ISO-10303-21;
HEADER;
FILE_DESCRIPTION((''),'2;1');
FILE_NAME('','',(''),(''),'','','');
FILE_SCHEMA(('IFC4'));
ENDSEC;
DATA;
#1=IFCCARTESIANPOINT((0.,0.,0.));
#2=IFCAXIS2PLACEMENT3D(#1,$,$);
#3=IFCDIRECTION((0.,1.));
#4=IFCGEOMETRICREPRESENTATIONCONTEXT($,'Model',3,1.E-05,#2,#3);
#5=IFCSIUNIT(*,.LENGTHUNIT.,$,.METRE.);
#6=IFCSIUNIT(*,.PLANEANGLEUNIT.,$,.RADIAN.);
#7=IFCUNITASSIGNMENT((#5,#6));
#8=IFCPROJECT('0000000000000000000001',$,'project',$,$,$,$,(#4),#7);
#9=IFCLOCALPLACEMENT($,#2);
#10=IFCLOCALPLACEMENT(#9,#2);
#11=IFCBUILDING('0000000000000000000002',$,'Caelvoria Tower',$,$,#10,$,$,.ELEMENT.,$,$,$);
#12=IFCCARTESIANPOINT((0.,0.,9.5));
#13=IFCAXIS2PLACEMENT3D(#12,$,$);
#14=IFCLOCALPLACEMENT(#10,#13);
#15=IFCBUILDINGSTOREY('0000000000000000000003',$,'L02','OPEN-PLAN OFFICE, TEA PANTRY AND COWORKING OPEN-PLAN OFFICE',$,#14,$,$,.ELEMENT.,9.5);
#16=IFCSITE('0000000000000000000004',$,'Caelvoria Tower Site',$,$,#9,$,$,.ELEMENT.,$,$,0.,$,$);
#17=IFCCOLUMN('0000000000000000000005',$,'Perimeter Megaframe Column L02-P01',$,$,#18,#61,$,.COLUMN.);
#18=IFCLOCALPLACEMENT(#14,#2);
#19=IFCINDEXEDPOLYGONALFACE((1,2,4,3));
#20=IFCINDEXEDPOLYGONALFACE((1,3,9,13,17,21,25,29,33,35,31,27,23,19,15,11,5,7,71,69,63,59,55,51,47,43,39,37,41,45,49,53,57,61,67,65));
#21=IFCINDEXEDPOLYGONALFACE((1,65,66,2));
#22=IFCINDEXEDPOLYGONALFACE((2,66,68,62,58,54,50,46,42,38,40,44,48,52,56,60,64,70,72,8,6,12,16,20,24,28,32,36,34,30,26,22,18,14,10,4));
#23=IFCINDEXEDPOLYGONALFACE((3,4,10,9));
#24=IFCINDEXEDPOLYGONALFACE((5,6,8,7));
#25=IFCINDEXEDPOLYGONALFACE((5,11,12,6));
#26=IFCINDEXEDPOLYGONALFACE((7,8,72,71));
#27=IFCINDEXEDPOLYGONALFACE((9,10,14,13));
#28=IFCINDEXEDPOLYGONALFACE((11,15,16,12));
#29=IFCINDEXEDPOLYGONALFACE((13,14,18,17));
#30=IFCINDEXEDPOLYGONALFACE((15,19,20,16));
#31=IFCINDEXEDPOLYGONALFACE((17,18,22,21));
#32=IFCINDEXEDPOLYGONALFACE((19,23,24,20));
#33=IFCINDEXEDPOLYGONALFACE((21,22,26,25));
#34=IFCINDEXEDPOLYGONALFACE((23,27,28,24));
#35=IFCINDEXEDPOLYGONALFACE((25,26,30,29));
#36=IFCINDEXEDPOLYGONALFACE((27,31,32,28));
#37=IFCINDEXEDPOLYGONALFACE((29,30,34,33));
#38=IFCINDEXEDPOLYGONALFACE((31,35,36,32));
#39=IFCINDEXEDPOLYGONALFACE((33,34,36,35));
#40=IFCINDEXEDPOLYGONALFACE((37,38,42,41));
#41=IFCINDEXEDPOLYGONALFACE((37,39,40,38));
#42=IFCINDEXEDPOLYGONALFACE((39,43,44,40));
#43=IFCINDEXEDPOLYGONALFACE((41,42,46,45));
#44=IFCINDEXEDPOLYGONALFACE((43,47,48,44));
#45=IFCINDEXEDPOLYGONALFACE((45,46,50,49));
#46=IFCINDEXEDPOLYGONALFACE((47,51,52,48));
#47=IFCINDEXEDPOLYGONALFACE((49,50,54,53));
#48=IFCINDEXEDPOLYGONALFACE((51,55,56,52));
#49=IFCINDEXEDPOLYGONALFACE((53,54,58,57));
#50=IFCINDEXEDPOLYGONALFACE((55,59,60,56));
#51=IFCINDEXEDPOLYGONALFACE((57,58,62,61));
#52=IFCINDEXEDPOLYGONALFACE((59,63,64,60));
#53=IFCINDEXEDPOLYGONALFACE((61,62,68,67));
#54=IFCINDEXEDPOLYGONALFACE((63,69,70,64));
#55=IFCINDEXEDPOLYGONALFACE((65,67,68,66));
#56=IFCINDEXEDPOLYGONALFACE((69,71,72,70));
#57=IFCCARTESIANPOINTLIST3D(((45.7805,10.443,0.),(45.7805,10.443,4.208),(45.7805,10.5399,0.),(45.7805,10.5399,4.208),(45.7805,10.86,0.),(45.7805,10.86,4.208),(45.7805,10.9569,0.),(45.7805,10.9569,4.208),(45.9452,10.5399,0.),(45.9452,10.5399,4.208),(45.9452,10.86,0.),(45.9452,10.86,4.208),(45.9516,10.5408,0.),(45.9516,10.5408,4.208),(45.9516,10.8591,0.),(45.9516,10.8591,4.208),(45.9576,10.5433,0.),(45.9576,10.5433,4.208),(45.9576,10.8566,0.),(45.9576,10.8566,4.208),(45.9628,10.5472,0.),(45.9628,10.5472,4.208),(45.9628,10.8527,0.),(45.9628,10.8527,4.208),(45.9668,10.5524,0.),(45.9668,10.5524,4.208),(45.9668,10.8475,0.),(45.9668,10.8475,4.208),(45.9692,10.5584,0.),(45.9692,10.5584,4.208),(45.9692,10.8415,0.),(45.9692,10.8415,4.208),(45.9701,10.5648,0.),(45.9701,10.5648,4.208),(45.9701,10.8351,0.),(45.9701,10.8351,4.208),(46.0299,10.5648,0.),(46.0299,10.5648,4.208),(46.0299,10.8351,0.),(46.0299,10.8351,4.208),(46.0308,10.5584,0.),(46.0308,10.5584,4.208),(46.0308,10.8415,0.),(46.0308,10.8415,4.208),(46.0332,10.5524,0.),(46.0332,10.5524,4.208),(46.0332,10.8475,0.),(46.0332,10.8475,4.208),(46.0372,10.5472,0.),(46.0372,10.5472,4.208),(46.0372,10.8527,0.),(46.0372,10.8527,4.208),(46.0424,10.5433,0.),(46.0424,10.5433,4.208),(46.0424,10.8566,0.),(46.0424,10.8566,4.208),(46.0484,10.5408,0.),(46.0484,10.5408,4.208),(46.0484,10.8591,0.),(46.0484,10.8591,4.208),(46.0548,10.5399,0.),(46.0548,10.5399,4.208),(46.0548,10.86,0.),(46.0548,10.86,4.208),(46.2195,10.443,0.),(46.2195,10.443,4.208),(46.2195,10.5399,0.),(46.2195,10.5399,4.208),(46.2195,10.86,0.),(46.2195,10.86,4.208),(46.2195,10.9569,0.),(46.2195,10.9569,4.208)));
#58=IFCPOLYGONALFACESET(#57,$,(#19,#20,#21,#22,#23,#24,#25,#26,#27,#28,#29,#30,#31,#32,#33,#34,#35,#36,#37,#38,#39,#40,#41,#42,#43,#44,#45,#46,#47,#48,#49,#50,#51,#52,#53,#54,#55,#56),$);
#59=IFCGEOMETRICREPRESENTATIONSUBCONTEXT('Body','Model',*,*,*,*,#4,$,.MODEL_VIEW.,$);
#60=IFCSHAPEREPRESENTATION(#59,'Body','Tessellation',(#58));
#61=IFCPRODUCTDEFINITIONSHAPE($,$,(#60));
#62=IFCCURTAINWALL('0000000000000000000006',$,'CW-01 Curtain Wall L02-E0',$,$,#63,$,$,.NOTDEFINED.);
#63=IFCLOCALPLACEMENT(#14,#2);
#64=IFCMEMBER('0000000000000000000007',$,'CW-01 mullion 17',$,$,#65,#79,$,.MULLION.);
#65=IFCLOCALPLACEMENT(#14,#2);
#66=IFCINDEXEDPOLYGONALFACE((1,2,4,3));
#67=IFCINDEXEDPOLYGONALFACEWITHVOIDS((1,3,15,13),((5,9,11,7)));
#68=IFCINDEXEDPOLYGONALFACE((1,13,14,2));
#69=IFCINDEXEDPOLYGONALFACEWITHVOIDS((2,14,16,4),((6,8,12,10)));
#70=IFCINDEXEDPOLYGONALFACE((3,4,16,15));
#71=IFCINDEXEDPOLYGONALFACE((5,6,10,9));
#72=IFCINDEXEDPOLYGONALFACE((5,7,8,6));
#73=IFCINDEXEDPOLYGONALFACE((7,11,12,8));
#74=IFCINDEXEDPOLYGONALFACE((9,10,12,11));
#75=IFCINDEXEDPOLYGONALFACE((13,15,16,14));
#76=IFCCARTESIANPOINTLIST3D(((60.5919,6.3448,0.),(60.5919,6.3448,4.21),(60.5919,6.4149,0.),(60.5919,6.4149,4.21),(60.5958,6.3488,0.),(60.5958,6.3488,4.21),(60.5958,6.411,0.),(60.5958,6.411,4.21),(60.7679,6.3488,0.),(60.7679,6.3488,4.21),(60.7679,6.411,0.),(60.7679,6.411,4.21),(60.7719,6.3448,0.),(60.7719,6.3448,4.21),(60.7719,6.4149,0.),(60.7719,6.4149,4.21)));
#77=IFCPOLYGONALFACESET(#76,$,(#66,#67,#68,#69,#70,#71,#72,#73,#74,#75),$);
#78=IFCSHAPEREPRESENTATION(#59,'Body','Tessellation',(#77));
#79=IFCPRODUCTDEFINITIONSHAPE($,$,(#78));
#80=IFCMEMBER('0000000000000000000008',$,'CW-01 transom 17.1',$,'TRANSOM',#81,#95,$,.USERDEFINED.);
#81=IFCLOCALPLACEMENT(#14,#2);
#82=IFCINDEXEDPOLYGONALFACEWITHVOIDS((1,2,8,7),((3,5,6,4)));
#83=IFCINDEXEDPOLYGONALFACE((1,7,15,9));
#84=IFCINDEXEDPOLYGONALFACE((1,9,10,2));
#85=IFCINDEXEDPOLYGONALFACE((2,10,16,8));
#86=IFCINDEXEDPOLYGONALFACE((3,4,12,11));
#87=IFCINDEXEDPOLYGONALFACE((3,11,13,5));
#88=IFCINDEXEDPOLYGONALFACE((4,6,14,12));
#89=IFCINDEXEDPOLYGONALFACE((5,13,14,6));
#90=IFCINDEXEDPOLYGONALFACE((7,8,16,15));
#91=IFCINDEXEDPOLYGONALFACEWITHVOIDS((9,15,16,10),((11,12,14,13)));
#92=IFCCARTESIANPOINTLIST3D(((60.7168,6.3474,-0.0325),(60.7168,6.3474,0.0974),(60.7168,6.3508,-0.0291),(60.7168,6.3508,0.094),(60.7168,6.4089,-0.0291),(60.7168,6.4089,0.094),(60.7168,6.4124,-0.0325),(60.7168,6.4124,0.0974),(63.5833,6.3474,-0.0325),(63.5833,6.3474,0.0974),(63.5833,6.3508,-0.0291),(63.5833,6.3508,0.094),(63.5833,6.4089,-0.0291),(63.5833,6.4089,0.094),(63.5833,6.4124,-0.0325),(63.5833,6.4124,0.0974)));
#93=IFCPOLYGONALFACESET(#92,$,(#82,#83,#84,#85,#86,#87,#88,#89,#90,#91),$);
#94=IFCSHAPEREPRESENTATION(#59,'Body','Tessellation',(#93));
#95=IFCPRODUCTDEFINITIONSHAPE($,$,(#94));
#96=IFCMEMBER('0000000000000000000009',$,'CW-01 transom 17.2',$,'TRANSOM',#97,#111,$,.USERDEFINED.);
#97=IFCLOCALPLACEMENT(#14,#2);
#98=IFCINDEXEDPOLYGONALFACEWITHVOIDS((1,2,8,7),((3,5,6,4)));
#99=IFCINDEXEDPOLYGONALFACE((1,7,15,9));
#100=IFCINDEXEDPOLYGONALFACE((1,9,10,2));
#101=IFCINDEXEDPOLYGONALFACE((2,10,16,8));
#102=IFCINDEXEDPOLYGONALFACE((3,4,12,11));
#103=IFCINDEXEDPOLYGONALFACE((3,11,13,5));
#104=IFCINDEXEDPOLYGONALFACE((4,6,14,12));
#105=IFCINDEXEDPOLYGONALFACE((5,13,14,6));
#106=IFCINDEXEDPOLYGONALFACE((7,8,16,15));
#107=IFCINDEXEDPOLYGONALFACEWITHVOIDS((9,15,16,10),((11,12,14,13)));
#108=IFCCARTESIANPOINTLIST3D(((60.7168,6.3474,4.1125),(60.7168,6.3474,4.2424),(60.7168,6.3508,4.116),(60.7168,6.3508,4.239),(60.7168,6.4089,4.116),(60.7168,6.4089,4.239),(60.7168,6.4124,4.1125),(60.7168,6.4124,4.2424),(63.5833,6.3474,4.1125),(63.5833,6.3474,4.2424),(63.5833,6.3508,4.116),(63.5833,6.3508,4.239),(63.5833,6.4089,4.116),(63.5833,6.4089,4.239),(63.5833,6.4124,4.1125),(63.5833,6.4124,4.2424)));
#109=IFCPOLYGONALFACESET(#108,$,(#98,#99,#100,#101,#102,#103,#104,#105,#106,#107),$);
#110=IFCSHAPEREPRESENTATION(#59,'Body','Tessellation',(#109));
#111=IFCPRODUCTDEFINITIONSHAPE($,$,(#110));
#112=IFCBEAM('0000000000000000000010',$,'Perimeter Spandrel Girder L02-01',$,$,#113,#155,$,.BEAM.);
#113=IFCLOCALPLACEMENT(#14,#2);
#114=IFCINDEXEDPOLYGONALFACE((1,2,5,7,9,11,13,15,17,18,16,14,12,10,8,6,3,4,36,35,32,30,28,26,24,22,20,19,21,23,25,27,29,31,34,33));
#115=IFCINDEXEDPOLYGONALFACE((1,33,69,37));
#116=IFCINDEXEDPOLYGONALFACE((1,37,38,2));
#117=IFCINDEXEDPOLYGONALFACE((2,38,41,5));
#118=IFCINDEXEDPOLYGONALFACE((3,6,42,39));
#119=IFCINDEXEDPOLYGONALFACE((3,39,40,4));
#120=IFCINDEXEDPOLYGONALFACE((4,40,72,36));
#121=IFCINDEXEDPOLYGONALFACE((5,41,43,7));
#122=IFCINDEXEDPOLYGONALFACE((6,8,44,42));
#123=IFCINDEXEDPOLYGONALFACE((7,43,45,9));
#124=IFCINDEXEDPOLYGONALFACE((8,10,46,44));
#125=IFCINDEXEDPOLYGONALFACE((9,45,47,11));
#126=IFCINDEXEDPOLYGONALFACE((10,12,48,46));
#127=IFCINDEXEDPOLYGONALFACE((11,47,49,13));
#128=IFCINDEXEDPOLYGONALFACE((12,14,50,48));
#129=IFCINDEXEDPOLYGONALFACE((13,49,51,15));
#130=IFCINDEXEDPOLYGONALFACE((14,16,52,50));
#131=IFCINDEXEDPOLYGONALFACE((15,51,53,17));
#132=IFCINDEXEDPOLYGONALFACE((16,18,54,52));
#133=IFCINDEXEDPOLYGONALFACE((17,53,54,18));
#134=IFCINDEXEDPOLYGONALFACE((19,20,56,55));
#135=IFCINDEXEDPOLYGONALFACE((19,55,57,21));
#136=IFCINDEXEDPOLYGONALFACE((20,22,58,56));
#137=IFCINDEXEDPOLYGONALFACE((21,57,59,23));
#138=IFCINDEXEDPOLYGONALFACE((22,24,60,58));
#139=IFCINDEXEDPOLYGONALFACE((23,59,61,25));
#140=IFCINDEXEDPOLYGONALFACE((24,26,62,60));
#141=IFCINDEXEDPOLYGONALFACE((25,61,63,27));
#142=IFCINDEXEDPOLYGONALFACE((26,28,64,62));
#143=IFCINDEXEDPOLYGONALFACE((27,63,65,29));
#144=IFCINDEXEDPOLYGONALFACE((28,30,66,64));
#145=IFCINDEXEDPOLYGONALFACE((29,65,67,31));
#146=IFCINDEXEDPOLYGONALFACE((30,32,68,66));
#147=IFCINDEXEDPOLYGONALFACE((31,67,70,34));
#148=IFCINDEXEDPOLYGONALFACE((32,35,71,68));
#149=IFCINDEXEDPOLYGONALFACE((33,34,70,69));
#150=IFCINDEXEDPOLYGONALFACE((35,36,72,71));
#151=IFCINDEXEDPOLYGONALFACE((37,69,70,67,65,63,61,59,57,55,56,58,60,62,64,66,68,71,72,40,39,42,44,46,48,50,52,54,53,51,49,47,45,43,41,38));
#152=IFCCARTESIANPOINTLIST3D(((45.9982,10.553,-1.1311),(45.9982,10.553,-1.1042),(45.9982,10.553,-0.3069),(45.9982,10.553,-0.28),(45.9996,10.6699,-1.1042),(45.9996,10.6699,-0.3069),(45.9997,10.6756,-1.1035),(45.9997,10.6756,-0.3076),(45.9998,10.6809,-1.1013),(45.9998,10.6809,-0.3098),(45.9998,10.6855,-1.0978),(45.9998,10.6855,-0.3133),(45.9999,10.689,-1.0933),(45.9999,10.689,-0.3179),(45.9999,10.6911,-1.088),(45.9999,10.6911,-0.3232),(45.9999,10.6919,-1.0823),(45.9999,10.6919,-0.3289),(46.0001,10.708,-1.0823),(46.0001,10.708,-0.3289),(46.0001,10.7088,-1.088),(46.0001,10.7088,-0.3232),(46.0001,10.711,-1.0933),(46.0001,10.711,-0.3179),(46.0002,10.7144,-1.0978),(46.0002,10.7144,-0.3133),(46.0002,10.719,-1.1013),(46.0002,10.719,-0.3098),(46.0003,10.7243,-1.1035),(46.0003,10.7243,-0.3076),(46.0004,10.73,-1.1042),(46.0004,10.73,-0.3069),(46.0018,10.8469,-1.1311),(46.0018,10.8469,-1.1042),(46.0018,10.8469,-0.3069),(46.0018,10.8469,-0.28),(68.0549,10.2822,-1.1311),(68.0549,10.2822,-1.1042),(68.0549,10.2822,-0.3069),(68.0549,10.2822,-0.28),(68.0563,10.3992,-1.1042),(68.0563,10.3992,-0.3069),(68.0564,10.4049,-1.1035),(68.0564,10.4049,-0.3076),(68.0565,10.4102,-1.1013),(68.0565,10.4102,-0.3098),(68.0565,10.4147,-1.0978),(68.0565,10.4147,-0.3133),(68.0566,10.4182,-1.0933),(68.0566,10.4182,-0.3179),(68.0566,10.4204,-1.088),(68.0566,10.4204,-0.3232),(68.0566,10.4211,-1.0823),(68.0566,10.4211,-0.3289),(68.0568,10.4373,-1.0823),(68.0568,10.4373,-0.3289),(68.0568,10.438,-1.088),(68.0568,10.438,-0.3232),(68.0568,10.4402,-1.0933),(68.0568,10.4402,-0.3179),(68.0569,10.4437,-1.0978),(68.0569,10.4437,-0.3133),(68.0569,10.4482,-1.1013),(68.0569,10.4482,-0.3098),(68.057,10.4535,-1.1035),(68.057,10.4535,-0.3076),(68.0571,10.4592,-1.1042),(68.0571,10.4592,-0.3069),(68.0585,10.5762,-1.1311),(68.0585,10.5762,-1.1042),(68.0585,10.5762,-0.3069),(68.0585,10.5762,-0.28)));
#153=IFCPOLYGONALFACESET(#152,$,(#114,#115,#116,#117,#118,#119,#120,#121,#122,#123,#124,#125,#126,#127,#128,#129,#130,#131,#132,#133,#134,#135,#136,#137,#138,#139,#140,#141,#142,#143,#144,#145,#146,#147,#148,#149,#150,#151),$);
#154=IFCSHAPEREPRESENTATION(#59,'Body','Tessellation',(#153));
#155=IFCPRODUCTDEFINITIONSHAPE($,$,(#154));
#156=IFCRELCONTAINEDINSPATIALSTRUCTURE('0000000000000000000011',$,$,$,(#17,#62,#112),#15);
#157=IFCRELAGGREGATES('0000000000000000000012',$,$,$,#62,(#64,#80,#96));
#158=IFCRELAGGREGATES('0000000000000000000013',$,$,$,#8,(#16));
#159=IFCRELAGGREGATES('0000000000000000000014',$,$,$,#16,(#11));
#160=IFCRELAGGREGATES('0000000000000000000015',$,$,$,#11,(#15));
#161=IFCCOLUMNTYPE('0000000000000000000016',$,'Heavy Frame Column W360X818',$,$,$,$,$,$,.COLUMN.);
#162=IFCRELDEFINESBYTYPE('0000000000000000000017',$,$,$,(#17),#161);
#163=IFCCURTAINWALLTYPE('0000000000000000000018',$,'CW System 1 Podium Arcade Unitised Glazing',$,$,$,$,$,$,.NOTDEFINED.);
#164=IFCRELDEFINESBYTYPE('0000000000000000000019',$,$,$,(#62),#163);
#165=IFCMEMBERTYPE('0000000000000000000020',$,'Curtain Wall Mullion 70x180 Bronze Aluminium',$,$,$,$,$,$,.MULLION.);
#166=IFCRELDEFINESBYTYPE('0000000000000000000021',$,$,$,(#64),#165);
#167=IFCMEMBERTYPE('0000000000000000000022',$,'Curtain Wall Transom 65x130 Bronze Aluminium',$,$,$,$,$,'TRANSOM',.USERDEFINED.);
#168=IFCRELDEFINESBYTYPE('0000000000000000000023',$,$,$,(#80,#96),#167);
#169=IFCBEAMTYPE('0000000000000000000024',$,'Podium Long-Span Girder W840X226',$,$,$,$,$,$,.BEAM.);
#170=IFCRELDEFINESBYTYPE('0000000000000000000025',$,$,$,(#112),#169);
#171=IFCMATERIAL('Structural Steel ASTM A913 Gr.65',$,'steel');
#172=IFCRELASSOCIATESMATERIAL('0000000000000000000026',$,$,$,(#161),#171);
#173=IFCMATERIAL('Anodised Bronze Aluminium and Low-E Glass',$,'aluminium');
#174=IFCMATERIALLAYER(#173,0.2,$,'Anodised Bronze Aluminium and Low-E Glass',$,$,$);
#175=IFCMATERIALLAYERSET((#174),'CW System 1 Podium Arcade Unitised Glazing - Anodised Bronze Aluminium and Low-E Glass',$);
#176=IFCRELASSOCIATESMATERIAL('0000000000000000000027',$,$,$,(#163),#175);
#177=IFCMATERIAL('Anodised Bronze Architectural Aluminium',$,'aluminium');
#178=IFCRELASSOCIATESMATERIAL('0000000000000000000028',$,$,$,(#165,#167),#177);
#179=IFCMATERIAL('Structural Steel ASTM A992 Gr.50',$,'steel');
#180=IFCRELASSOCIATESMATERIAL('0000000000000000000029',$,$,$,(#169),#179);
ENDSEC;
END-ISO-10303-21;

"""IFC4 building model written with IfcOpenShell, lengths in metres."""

from ifc_helpers import new_model, si_unit, direction, frame, origin, origin_2d, place, context, subcontext, project, spatial, hollow_rectangle, i_section, extrude, material, layer, layer_set, material_profile, profile_set, type_object, element, aggregate, save


model = new_model("IFC4")

# Units and contexts
model_context = context("Model", 3, precision=1e-05, world=origin(), true_north=direction((0.0, 1.0)))
body_context = subcontext(model_context, "Body", "Model", "MODEL_VIEW")
ifc_project = project(units=[si_unit("LENGTHUNIT", "METRE"), si_unit("PLANEANGLEUNIT", "RADIAN")], contexts=[model_context])

# Site, building, storey
site_placement = place(None, origin())
site = spatial("IfcSite", under=ifc_project, at=site_placement, Name="Caelvoria Tower Site", CompositionType="ELEMENT", RefElevation=0.0)
building_placement = place(site_placement, origin())
building = spatial("IfcBuilding", under=site, at=building_placement, Name="Caelvoria Tower", CompositionType="ELEMENT")
storey_placement = place(building_placement, frame((0.0, 0.0, 9.5)))
storey = spatial("IfcBuildingStorey", under=building, at=storey_placement, Name="L02", Description="OPEN-PLAN OFFICE, TEA PANTRY AND COWORKING OPEN-PLAN OFFICE", CompositionType="ELEMENT", Elevation=9.5)

# Column
ifc_material_1 = material(Name="Structural Steel ASTM A913 Gr.65", Category="steel")
ifc_material_profile_1 = material_profile(ifc_material_1, i_section(OverallWidth=0.439, OverallDepth=0.5139, WebThickness=0.0598, FlangeThickness=0.0969, FilletRadius=0.0249, at=origin_2d()), Name="Structural Steel ASTM A913 Gr.65")
ifc_profile_set_1 = profile_set([ifc_material_profile_1], Name="W360X818 - Structural Steel ASTM A913 Gr.65")
column_type = type_object("IfcColumnType", Name="Heavy Frame Column W360X818", PredefinedType="COLUMN", material=ifc_profile_set_1)
column_placement = place(storey_placement, frame((46.0, 10.7, 0.0), z_axis=(0.0, 0.0, 1.0), x_axis=(1.0, 0.0, 0.0)))
element("IfcColumn", 1, at=column_placement, inside=storey, type_object=column_type, Name="Perimeter Megaframe Column L02-P01", PredefinedType="COLUMN", context=body_context, shape_type="SweptSolid", body=[
    extrude(i_section(OverallWidth=0.439, OverallDepth=0.5139, WebThickness=0.0598, FlangeThickness=0.0969, FilletRadius=0.0249, at=origin_2d()), origin(), (0.0, 0.0, 1.0), 4.208),
])

# Curtain wall, members
ifc_material_2 = material(Name="Anodised Bronze Aluminium and Low-E Glass", Category="aluminium")
ifc_layer_1 = layer(ifc_material_2, 0.2, Name="Anodised Bronze Aluminium and Low-E Glass")
ifc_layer_set_1 = layer_set([ifc_layer_1], Name="CW System 1 Podium Arcade Unitised Glazing - Anodised Bronze Aluminium and Low-E Glass")
curtain_wall_type = type_object("IfcCurtainWallType", Name="CW System 1 Podium Arcade Unitised Glazing", PredefinedType="NOTDEFINED", material=ifc_layer_set_1)
curtain_wall_placement = place(storey_placement, origin())
curtain_wall = element("IfcCurtainWall", 2, at=curtain_wall_placement, inside=storey, type_object=curtain_wall_type, Name="CW-01 Curtain Wall L02-E0", PredefinedType="NOTDEFINED")
ifc_material_3 = material(Name="Anodised Bronze Architectural Aluminium", Category="aluminium")
ifc_material_profile_2 = material_profile(ifc_material_3, hollow_rectangle(XDim=0.0701, YDim=0.1799, WallThickness=0.0039, at=origin_2d()), Name="Anodised Bronze Architectural Aluminium")
ifc_profile_set_2 = profile_set([ifc_material_profile_2], Name="CW_MULL_70X180 - Anodised Bronze Architectural Aluminium")
member_type_1 = type_object("IfcMemberType", Name="Curtain Wall Mullion 70x180 Bronze Aluminium", PredefinedType="MULLION", material=ifc_profile_set_2)
member_1_placement = place(storey_placement, frame((60.6819, 6.3799, 0.0), z_axis=(0.0, 0.0, 1.0), x_axis=(0.0, 1.0, 0.0)))
member_1 = element("IfcMember", 3, at=member_1_placement, type_object=member_type_1, Name="CW-01 mullion 17", PredefinedType="MULLION", context=body_context, shape_type="SweptSolid", body=[
    extrude(hollow_rectangle(XDim=0.0701, YDim=0.1799, WallThickness=0.0039, at=origin_2d()), origin(), (0.0, 0.0, 1.0), 4.21),
])
ifc_material_profile_3 = material_profile(ifc_material_3, hollow_rectangle(XDim=0.0649, YDim=0.1299, WallThickness=0.0034, at=origin_2d()), Name="Anodised Bronze Architectural Aluminium")
ifc_profile_set_3 = profile_set([ifc_material_profile_3], Name="CW_TRAN_65X130 - Anodised Bronze Architectural Aluminium")
member_type_2 = type_object("IfcMemberType", Name="Curtain Wall Transom 65x130 Bronze Aluminium", ElementType="TRANSOM", PredefinedType="USERDEFINED", material=ifc_profile_set_3)
member_2_placement = place(storey_placement, frame((60.7168, 6.3799, 0.0325), z_axis=(1.0, 0.0, 0.0), x_axis=(0.0, 1.0, 0.0)))
member_2 = element("IfcMember", 4, at=member_2_placement, type_object=member_type_2, Name="CW-01 transom 17.1", ObjectType="TRANSOM", PredefinedType="USERDEFINED", context=body_context, shape_type="SweptSolid", body=[
    extrude(hollow_rectangle(XDim=0.0649, YDim=0.1299, WallThickness=0.0034, at=origin_2d()), origin(), (0.0, 0.0, 1.0), 2.8665),
])
member_3_placement = place(storey_placement, frame((60.7168, 6.3799, 4.1775), z_axis=(1.0, 0.0, 0.0), x_axis=(0.0, 1.0, 0.0)))
member_3 = element("IfcMember", 5, at=member_3_placement, type_object=member_type_2, Name="CW-01 transom 17.2", ObjectType="TRANSOM", PredefinedType="USERDEFINED", context=body_context, shape_type="SweptSolid", body=[
    extrude(hollow_rectangle(XDim=0.0649, YDim=0.1299, WallThickness=0.0034, at=origin_2d()), origin(), (0.0, 0.0, 1.0), 2.8665),
])

# Beam
ifc_material_4 = material(Name="Structural Steel ASTM A992 Gr.50", Category="steel")
ifc_material_profile_4 = material_profile(ifc_material_4, i_section(OverallWidth=0.2939, OverallDepth=0.8511, WebThickness=0.0161, FlangeThickness=0.0269, FilletRadius=0.022, at=origin_2d()), Name="Structural Steel ASTM A992 Gr.50")
ifc_profile_set_4 = profile_set([ifc_material_profile_4], Name="W840X226 - Structural Steel ASTM A992 Gr.50")
beam_type_1 = type_object("IfcBeamType", Name="Podium Long-Span Girder W840X226", PredefinedType="BEAM", material=ifc_profile_set_4)
beam_1_placement = place(storey_placement, frame((46.0, 10.7, -0.7056), z_axis=(0.999925, -0.012274, 0.0), x_axis=(0.012274, 0.999925, 0.0)))
element("IfcBeam", 6, at=beam_1_placement, inside=storey, type_object=beam_type_1, Name="Perimeter Spandrel Girder L02-01", PredefinedType="BEAM", context=body_context, shape_type="SweptSolid", body=[
    extrude(i_section(OverallWidth=0.2939, OverallDepth=0.8511, WebThickness=0.0161, FlangeThickness=0.0269, FilletRadius=0.022, at=origin_2d()), origin(), (0.0, 0.0, 1.0), 22.0583),
])

aggregate(curtain_wall, [member_1, member_2, member_3])

save(model, "model.ifc")
